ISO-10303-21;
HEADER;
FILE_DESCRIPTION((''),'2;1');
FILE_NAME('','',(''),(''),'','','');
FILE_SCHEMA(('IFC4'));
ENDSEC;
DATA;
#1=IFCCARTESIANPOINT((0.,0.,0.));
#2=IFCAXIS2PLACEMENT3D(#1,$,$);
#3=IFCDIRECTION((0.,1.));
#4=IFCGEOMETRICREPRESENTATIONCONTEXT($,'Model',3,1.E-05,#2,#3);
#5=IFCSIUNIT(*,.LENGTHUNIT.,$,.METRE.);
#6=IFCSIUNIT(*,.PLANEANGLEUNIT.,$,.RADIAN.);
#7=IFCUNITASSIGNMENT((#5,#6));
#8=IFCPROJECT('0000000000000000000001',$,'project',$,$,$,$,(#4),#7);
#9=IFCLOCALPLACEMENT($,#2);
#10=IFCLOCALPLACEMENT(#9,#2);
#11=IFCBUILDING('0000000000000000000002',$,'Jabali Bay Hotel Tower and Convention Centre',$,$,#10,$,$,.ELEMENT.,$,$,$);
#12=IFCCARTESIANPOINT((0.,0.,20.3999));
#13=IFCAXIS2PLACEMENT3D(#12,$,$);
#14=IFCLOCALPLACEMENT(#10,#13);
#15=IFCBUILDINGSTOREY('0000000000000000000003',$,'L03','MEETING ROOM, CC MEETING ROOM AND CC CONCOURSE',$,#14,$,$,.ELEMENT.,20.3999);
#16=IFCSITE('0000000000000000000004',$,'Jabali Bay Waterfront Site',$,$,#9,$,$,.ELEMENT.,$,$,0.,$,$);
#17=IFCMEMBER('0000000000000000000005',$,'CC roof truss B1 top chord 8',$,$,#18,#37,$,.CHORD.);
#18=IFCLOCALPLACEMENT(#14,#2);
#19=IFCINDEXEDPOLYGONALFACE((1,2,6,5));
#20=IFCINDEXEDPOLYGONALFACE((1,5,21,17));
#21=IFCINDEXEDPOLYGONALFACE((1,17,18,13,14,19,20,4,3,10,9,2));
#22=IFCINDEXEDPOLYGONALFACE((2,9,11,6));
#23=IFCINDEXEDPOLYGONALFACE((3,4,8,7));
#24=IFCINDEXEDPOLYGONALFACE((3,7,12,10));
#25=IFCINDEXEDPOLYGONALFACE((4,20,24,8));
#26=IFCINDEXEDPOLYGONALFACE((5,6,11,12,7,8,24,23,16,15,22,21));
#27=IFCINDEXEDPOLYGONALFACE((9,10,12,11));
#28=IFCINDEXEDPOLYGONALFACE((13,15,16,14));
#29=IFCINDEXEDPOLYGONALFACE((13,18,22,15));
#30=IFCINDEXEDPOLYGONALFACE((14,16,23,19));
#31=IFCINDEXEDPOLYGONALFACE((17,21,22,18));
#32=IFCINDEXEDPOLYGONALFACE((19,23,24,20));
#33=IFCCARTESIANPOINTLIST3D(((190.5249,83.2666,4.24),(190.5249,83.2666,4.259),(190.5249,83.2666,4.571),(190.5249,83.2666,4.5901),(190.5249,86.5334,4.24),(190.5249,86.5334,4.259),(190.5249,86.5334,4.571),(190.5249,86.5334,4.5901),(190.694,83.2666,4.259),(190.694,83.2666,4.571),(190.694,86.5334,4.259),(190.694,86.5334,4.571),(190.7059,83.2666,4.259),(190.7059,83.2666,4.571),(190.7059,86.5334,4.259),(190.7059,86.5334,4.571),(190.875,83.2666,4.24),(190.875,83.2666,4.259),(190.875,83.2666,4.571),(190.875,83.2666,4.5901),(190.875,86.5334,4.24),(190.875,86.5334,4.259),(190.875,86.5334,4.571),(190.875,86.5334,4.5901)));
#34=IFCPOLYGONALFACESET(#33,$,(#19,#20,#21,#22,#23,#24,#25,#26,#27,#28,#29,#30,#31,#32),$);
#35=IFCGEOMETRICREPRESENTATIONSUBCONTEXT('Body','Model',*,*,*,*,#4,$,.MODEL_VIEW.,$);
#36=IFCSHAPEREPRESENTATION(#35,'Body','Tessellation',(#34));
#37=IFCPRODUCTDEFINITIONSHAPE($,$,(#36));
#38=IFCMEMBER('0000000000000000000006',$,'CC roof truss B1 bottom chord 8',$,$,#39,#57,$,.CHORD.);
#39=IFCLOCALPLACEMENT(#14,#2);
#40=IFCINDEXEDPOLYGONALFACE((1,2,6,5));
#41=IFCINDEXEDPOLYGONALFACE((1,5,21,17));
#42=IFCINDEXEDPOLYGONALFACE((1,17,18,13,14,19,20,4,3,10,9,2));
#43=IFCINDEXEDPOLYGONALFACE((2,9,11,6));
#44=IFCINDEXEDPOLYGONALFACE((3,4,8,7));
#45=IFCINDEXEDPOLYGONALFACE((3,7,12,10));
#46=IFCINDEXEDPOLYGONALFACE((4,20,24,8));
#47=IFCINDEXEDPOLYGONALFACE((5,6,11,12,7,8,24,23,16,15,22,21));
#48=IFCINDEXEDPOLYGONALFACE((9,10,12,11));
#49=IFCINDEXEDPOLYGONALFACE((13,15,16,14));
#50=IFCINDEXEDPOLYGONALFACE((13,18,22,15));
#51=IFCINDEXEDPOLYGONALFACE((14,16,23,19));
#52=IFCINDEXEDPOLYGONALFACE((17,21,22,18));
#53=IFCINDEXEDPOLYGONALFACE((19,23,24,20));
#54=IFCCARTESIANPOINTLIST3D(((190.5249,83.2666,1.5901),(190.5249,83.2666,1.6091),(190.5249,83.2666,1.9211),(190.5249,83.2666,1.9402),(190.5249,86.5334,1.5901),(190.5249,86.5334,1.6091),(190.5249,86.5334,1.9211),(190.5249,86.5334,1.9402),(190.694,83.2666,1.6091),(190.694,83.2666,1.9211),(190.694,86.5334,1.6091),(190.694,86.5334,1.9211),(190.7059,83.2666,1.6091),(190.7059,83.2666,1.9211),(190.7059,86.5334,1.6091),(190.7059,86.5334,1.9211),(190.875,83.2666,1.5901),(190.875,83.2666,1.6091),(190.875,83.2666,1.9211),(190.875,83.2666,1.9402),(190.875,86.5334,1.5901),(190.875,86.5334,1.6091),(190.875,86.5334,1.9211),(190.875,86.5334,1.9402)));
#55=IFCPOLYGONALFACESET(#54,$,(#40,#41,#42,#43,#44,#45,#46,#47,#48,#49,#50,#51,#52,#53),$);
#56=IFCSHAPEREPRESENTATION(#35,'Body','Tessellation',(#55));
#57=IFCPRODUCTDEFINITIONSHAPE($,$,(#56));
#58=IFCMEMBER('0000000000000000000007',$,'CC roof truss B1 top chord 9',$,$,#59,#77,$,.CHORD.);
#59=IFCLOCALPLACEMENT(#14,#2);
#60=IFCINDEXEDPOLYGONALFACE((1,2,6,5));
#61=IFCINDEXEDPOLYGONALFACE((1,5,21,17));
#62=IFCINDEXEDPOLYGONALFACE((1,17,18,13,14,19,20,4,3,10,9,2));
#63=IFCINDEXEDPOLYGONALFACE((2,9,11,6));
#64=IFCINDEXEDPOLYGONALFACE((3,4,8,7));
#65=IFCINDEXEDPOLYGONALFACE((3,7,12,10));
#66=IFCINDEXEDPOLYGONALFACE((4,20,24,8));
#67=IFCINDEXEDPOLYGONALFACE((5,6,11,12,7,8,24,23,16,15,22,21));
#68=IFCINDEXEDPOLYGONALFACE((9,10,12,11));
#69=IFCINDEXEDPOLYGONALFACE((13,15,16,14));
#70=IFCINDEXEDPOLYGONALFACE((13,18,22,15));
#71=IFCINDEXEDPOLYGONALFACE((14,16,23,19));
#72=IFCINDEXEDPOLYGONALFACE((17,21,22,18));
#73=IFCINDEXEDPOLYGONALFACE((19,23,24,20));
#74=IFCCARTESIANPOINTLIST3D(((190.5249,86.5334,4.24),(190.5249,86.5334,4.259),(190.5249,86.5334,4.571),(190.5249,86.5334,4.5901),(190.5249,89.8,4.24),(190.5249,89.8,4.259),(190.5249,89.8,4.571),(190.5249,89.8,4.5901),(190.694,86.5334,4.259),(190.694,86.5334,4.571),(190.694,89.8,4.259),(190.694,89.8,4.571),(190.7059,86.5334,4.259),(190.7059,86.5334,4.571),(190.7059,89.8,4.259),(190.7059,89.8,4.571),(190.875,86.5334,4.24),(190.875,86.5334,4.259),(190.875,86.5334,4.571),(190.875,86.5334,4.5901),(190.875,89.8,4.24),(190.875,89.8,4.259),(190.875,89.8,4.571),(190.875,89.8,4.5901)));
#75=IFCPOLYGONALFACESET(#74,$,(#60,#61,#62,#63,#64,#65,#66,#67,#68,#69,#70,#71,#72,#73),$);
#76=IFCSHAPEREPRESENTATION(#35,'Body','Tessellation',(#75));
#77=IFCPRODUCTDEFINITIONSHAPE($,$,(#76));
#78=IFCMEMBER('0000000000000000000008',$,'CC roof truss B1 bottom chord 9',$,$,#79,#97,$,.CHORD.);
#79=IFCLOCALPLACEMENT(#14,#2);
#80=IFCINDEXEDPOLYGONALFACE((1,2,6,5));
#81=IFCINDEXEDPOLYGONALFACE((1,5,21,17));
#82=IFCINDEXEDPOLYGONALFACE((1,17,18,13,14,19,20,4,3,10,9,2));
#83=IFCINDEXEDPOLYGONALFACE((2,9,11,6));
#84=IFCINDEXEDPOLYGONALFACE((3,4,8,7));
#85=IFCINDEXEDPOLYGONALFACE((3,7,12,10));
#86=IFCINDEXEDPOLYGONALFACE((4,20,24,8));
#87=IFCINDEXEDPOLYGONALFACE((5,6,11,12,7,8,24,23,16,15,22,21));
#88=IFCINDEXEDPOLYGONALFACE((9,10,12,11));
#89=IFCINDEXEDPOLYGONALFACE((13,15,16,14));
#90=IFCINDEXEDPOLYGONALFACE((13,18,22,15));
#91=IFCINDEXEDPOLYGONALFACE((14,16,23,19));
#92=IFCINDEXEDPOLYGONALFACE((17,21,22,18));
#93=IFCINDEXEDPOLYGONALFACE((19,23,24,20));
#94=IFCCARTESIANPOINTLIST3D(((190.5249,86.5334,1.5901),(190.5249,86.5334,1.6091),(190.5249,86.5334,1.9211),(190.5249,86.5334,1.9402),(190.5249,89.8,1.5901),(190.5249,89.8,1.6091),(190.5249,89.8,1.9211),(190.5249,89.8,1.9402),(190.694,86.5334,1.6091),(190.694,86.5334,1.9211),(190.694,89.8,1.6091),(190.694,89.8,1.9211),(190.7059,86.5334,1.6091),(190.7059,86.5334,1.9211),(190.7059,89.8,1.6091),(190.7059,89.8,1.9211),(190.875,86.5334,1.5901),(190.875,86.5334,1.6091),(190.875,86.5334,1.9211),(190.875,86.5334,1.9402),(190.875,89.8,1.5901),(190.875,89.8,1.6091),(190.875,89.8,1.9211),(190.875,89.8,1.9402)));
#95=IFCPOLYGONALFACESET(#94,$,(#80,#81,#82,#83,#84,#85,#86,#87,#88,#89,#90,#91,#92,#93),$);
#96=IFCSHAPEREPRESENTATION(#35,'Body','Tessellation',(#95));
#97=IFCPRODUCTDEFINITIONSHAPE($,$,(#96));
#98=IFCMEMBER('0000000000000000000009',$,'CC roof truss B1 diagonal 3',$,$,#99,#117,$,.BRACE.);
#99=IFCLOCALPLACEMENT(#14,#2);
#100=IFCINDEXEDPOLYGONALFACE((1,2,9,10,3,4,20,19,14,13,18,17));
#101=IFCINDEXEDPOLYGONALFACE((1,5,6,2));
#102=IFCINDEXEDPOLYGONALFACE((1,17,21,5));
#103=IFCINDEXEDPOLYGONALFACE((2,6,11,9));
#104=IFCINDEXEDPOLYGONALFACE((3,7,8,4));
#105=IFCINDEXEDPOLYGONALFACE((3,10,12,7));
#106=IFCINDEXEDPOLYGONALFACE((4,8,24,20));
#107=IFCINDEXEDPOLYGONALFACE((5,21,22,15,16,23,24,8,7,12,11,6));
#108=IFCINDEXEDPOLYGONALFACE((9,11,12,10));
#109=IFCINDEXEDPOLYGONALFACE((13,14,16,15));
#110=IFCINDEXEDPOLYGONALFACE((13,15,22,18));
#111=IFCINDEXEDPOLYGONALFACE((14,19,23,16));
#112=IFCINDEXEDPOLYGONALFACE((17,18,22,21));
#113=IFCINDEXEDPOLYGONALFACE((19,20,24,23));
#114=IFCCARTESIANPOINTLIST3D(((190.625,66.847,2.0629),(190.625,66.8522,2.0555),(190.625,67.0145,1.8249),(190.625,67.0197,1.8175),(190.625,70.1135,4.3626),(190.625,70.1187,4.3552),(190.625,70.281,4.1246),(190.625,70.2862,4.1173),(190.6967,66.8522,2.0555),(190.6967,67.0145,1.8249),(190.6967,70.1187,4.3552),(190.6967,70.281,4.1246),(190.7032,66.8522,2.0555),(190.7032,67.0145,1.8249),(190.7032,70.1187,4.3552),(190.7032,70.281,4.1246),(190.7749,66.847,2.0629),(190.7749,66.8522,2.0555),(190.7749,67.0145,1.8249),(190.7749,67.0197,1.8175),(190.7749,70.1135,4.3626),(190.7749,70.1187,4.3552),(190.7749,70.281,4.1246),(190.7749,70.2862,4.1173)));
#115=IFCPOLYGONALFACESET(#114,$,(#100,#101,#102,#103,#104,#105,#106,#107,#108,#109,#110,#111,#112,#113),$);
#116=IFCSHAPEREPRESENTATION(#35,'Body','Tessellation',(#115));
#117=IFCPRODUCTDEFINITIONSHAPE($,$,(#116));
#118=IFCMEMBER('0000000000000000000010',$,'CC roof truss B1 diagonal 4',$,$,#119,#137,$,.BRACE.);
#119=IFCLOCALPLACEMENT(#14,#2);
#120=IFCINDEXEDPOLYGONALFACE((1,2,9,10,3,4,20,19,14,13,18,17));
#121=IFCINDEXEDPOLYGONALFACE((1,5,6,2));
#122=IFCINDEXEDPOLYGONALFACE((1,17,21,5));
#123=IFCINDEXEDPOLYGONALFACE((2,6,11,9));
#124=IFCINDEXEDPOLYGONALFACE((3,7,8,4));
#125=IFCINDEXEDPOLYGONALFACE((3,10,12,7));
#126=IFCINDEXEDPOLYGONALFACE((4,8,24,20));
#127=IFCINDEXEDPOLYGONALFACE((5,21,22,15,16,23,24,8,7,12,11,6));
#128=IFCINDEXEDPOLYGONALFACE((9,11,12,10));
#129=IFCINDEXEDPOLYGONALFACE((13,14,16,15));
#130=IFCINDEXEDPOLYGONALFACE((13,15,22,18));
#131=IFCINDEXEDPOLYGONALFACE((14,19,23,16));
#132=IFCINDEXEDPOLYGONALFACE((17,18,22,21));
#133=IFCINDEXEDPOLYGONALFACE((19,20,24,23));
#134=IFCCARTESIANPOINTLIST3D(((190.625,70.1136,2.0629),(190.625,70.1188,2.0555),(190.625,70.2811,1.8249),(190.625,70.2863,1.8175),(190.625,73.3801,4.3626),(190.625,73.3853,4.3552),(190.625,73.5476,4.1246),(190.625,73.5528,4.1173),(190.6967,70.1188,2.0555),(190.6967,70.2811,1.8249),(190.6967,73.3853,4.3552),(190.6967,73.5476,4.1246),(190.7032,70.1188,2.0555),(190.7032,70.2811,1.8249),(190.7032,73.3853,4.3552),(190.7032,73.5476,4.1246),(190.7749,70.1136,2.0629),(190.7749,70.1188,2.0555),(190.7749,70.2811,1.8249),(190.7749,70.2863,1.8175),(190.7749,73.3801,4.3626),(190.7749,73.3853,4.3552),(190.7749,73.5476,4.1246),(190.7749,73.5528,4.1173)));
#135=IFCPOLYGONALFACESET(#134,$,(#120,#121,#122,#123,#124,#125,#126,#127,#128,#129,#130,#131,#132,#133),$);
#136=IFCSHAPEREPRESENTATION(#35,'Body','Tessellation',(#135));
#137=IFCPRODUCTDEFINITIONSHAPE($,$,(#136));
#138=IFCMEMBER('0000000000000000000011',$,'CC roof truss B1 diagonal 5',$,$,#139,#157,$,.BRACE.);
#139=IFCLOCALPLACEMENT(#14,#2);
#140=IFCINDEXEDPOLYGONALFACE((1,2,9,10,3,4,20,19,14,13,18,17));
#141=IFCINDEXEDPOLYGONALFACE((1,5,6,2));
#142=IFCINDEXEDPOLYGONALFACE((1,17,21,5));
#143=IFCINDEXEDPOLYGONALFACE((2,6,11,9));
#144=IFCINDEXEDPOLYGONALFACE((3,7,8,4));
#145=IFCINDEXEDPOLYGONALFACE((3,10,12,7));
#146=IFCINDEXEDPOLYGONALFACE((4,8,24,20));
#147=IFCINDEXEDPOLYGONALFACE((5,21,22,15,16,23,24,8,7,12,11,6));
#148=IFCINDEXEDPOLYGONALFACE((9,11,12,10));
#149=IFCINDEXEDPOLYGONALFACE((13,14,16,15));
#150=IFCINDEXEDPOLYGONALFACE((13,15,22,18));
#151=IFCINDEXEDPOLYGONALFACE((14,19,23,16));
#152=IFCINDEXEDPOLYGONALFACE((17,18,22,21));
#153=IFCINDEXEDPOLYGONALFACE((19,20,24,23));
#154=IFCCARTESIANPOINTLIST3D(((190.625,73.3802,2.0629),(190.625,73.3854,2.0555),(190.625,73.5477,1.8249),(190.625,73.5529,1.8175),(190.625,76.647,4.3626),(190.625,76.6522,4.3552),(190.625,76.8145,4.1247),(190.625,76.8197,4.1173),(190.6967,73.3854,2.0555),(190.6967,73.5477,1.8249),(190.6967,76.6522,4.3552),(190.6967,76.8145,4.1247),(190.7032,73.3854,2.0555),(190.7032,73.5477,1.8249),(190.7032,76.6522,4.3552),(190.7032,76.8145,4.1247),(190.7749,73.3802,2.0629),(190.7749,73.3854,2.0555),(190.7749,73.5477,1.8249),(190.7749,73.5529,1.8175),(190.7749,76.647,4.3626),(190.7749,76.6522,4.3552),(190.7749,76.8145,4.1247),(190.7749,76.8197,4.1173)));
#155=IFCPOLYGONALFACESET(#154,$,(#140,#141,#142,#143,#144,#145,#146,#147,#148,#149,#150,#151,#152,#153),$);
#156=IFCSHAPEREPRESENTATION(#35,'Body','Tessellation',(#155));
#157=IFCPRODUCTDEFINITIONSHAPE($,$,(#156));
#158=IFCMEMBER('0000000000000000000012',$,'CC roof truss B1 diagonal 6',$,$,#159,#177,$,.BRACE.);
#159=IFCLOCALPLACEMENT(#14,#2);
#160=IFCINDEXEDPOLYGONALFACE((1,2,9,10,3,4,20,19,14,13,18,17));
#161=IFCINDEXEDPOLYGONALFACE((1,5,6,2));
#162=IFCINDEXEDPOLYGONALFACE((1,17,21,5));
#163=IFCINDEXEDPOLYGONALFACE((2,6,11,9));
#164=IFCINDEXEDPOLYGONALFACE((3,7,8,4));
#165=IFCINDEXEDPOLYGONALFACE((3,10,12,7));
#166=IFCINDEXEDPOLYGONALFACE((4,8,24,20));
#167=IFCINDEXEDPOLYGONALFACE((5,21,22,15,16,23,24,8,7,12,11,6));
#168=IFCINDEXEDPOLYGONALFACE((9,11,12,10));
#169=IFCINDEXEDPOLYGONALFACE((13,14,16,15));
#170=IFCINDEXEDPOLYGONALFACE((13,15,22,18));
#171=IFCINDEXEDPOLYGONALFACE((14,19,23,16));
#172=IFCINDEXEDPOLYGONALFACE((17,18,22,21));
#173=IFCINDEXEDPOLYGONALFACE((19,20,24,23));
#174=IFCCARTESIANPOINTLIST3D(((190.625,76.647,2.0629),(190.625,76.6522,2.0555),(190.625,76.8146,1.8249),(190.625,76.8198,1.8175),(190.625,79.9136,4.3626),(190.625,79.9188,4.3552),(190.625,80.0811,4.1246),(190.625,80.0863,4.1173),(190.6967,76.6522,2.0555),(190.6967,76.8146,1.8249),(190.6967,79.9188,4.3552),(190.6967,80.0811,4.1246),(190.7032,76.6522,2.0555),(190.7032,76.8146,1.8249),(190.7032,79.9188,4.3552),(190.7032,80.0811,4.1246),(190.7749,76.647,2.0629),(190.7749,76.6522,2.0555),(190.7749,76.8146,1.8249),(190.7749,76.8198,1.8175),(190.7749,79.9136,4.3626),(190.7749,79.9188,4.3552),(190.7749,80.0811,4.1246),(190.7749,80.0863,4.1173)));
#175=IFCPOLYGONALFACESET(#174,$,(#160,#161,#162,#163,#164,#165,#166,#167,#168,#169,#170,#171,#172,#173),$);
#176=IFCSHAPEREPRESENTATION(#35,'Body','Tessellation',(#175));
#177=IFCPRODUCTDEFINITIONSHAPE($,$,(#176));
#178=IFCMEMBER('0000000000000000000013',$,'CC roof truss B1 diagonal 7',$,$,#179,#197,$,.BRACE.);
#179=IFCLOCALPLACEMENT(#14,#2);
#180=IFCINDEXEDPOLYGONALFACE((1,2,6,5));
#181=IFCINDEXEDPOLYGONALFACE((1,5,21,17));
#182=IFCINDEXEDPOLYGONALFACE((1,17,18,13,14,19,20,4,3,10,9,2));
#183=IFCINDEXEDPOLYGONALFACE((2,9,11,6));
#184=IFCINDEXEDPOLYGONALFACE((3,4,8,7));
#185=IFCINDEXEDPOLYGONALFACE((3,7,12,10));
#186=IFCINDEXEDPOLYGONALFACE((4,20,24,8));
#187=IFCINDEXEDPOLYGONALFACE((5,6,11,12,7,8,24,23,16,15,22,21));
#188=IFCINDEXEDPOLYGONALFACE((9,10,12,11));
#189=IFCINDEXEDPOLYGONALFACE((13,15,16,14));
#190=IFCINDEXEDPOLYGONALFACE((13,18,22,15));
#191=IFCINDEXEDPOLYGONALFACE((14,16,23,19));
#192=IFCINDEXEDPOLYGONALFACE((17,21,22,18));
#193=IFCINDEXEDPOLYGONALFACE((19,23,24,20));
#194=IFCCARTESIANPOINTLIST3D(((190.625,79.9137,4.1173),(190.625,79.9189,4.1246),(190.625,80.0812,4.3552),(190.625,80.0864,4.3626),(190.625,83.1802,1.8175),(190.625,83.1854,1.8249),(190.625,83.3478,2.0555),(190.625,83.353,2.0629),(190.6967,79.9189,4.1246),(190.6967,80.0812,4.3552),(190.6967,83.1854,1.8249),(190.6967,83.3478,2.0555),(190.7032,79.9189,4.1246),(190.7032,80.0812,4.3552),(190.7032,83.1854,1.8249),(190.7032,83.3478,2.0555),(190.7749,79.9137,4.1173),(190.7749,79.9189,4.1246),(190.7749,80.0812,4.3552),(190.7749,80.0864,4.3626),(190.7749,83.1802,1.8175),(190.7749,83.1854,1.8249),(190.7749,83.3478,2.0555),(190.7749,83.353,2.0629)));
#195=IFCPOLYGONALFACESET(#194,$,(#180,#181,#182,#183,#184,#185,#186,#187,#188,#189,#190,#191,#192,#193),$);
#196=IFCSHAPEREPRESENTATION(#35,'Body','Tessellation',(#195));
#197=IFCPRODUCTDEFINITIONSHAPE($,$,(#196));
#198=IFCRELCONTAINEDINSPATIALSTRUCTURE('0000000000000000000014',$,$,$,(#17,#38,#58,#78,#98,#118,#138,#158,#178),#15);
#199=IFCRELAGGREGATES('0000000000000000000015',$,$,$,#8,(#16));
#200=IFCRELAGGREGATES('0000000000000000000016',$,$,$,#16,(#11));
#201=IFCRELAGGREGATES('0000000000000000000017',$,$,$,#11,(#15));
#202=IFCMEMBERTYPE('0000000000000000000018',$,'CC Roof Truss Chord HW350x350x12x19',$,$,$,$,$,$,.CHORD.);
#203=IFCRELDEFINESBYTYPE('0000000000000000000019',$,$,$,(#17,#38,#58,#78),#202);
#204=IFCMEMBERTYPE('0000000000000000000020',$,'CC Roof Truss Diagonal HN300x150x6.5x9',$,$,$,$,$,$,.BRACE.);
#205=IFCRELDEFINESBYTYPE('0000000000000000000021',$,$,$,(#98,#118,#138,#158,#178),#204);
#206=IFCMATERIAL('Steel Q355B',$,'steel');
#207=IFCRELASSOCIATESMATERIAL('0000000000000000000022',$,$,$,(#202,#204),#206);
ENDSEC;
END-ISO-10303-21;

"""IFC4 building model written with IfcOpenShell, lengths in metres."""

from ifc_helpers import new_model, si_unit, direction, frame, origin, origin_2d, place, context, subcontext, project, spatial, i_section, extrude, material, material_profile, profile_set, type_object, element, save


model = new_model("IFC4")

# Units and contexts
model_context = context("Model", 3, precision=1e-05, world=origin(), true_north=direction((0.0, 1.0)))
body_context = subcontext(model_context, "Body", "Model", "MODEL_VIEW")
ifc_project = project(units=[si_unit("LENGTHUNIT", "METRE"), si_unit("PLANEANGLEUNIT", "RADIAN")], contexts=[model_context])

# Site, building, storey
site_placement = place(None, origin())
site = spatial("IfcSite", under=ifc_project, at=site_placement, Name="Jabali Bay Waterfront Site", CompositionType="ELEMENT", RefElevation=0.0)
building_placement = place(site_placement, origin())
building = spatial("IfcBuilding", under=site, at=building_placement, Name="Jabali Bay Hotel Tower and Convention Centre", CompositionType="ELEMENT")
storey_placement = place(building_placement, frame((0.0, 0.0, 20.3999)))
storey = spatial("IfcBuildingStorey", under=building, at=storey_placement, Name="L03", Description="MEETING ROOM, CC MEETING ROOM AND CC CONCOURSE", CompositionType="ELEMENT", Elevation=20.3999)

# Members
ifc_material_1 = material(Name="Steel Q355B", Category="steel")
ifc_material_profile_1 = material_profile(ifc_material_1, i_section(OverallWidth=0.3501, OverallDepth=0.3501, WebThickness=0.012, FlangeThickness=0.019, at=origin_2d()), Name="HW350x350x12x19")
ifc_profile_set_1 = profile_set([ifc_material_profile_1], Name="Steel Q355B")
member_type_1 = type_object("IfcMemberType", Name="CC Roof Truss Chord HW350x350x12x19", PredefinedType="CHORD", material=ifc_profile_set_1)
for number, where, z_axis, x_axis, name in (
    (1, (190.7, 83.2666, 4.415), (0.0, 1.0, 0.0), (-1.0, 0.0, 0.0), "CC roof truss B1 top chord 8"),
    (2, (190.7, 83.2666, 1.7651), (0.0, 1.0, 0.0), (-1.0, 0.0, 0.0), "CC roof truss B1 bottom chord 8"),
):
    element("IfcMember", number, at=place(storey_placement, frame(where, z_axis=z_axis, x_axis=x_axis)), inside=storey, type_object=member_type_1, Name=name, PredefinedType="CHORD", context=body_context, shape_type="SweptSolid", body=[
        extrude(i_section(OverallWidth=0.3501, OverallDepth=0.3501, WebThickness=0.012, FlangeThickness=0.019, at=origin_2d()), origin(), (0.0, 0.0, 1.0), 3.2668),
    ])
for number, where, z_axis, x_axis, name in (
    (3, (190.7, 86.5334, 4.415), (0.0, 1.0, 0.0), (-1.0, 0.0, 0.0), "CC roof truss B1 top chord 9"),
    (4, (190.7, 86.5334, 1.7651), (0.0, 1.0, 0.0), (-1.0, 0.0, 0.0), "CC roof truss B1 bottom chord 9"),
):
    element("IfcMember", number, at=place(storey_placement, frame(where, z_axis=z_axis, x_axis=x_axis)), inside=storey, type_object=member_type_1, Name=name, PredefinedType="CHORD", context=body_context, shape_type="SweptSolid", body=[
        extrude(i_section(OverallWidth=0.3501, OverallDepth=0.3501, WebThickness=0.012, FlangeThickness=0.019, at=origin_2d()), origin(), (0.0, 0.0, 1.0), 3.2666),
    ])
ifc_material_profile_2 = material_profile(ifc_material_1, i_section(OverallWidth=0.1499, OverallDepth=0.3, WebThickness=0.0066, FlangeThickness=0.009, at=origin_2d()), Name="HN300x150x6.5x9")
ifc_profile_set_2 = profile_set([ifc_material_profile_2], Name="Steel Q355B")
member_type_2 = type_object("IfcMemberType", Name="CC Roof Truss Diagonal HN300x150x6.5x9", PredefinedType="BRACE", material=ifc_profile_set_2)
for number, where, z_axis, x_axis, name in (
    (5, (190.7, 66.9333, 1.9402), (0.0, 0.817679, 0.575675), (-1.0, 0.0, 0.0), "CC roof truss B1 diagonal 3"),
    (6, (190.7, 70.2, 1.9402), (0.0, 0.817679, 0.575675), (-1.0, 0.0, 0.0), "CC roof truss B1 diagonal 4"),
):
    element("IfcMember", number, at=place(storey_placement, frame(where, z_axis=z_axis, x_axis=x_axis)), inside=storey, type_object=member_type_2, Name=name, PredefinedType="BRACE", context=body_context, shape_type="SweptSolid", body=[
        extrude(i_section(OverallWidth=0.1499, OverallDepth=0.3, WebThickness=0.0066, FlangeThickness=0.009, at=origin_2d()), origin(), (0.0, 0.0, 1.0), 3.9949),
    ])
member_1_placement = place(storey_placement, frame((190.7, 73.4666, 1.9402), z_axis=(0.0, 0.817699, 0.575646), x_axis=(-1.0, 0.0, 0.0)))
element("IfcMember", 7, at=member_1_placement, inside=storey, type_object=member_type_2, Name="CC roof truss B1 diagonal 5", PredefinedType="BRACE", context=body_context, shape_type="SweptSolid", body=[
    extrude(i_section(OverallWidth=0.1499, OverallDepth=0.3, WebThickness=0.0066, FlangeThickness=0.009, at=origin_2d()), origin(), (0.0, 0.0, 1.0), 3.9951),
])
for number, where, z_axis, x_axis, name in (
    (8, (190.7, 76.7334, 1.9402), (0.0, 0.817679, 0.575675), (-1.0, 0.0, 0.0), "CC roof truss B1 diagonal 6"),
    (9, (190.7, 83.2666, 1.9402), (0.0, -0.817679, 0.575675), (1.0, 0.0, 0.0), "CC roof truss B1 diagonal 7"),
):
    element("IfcMember", number, at=place(storey_placement, frame(where, z_axis=z_axis, x_axis=x_axis)), inside=storey, type_object=member_type_2, Name=name, PredefinedType="BRACE", context=body_context, shape_type="SweptSolid", body=[
        extrude(i_section(OverallWidth=0.1499, OverallDepth=0.3, WebThickness=0.0066, FlangeThickness=0.009, at=origin_2d()), origin(), (0.0, 0.0, 1.0), 3.9949),
    ])

save(model, "model.ifc")
